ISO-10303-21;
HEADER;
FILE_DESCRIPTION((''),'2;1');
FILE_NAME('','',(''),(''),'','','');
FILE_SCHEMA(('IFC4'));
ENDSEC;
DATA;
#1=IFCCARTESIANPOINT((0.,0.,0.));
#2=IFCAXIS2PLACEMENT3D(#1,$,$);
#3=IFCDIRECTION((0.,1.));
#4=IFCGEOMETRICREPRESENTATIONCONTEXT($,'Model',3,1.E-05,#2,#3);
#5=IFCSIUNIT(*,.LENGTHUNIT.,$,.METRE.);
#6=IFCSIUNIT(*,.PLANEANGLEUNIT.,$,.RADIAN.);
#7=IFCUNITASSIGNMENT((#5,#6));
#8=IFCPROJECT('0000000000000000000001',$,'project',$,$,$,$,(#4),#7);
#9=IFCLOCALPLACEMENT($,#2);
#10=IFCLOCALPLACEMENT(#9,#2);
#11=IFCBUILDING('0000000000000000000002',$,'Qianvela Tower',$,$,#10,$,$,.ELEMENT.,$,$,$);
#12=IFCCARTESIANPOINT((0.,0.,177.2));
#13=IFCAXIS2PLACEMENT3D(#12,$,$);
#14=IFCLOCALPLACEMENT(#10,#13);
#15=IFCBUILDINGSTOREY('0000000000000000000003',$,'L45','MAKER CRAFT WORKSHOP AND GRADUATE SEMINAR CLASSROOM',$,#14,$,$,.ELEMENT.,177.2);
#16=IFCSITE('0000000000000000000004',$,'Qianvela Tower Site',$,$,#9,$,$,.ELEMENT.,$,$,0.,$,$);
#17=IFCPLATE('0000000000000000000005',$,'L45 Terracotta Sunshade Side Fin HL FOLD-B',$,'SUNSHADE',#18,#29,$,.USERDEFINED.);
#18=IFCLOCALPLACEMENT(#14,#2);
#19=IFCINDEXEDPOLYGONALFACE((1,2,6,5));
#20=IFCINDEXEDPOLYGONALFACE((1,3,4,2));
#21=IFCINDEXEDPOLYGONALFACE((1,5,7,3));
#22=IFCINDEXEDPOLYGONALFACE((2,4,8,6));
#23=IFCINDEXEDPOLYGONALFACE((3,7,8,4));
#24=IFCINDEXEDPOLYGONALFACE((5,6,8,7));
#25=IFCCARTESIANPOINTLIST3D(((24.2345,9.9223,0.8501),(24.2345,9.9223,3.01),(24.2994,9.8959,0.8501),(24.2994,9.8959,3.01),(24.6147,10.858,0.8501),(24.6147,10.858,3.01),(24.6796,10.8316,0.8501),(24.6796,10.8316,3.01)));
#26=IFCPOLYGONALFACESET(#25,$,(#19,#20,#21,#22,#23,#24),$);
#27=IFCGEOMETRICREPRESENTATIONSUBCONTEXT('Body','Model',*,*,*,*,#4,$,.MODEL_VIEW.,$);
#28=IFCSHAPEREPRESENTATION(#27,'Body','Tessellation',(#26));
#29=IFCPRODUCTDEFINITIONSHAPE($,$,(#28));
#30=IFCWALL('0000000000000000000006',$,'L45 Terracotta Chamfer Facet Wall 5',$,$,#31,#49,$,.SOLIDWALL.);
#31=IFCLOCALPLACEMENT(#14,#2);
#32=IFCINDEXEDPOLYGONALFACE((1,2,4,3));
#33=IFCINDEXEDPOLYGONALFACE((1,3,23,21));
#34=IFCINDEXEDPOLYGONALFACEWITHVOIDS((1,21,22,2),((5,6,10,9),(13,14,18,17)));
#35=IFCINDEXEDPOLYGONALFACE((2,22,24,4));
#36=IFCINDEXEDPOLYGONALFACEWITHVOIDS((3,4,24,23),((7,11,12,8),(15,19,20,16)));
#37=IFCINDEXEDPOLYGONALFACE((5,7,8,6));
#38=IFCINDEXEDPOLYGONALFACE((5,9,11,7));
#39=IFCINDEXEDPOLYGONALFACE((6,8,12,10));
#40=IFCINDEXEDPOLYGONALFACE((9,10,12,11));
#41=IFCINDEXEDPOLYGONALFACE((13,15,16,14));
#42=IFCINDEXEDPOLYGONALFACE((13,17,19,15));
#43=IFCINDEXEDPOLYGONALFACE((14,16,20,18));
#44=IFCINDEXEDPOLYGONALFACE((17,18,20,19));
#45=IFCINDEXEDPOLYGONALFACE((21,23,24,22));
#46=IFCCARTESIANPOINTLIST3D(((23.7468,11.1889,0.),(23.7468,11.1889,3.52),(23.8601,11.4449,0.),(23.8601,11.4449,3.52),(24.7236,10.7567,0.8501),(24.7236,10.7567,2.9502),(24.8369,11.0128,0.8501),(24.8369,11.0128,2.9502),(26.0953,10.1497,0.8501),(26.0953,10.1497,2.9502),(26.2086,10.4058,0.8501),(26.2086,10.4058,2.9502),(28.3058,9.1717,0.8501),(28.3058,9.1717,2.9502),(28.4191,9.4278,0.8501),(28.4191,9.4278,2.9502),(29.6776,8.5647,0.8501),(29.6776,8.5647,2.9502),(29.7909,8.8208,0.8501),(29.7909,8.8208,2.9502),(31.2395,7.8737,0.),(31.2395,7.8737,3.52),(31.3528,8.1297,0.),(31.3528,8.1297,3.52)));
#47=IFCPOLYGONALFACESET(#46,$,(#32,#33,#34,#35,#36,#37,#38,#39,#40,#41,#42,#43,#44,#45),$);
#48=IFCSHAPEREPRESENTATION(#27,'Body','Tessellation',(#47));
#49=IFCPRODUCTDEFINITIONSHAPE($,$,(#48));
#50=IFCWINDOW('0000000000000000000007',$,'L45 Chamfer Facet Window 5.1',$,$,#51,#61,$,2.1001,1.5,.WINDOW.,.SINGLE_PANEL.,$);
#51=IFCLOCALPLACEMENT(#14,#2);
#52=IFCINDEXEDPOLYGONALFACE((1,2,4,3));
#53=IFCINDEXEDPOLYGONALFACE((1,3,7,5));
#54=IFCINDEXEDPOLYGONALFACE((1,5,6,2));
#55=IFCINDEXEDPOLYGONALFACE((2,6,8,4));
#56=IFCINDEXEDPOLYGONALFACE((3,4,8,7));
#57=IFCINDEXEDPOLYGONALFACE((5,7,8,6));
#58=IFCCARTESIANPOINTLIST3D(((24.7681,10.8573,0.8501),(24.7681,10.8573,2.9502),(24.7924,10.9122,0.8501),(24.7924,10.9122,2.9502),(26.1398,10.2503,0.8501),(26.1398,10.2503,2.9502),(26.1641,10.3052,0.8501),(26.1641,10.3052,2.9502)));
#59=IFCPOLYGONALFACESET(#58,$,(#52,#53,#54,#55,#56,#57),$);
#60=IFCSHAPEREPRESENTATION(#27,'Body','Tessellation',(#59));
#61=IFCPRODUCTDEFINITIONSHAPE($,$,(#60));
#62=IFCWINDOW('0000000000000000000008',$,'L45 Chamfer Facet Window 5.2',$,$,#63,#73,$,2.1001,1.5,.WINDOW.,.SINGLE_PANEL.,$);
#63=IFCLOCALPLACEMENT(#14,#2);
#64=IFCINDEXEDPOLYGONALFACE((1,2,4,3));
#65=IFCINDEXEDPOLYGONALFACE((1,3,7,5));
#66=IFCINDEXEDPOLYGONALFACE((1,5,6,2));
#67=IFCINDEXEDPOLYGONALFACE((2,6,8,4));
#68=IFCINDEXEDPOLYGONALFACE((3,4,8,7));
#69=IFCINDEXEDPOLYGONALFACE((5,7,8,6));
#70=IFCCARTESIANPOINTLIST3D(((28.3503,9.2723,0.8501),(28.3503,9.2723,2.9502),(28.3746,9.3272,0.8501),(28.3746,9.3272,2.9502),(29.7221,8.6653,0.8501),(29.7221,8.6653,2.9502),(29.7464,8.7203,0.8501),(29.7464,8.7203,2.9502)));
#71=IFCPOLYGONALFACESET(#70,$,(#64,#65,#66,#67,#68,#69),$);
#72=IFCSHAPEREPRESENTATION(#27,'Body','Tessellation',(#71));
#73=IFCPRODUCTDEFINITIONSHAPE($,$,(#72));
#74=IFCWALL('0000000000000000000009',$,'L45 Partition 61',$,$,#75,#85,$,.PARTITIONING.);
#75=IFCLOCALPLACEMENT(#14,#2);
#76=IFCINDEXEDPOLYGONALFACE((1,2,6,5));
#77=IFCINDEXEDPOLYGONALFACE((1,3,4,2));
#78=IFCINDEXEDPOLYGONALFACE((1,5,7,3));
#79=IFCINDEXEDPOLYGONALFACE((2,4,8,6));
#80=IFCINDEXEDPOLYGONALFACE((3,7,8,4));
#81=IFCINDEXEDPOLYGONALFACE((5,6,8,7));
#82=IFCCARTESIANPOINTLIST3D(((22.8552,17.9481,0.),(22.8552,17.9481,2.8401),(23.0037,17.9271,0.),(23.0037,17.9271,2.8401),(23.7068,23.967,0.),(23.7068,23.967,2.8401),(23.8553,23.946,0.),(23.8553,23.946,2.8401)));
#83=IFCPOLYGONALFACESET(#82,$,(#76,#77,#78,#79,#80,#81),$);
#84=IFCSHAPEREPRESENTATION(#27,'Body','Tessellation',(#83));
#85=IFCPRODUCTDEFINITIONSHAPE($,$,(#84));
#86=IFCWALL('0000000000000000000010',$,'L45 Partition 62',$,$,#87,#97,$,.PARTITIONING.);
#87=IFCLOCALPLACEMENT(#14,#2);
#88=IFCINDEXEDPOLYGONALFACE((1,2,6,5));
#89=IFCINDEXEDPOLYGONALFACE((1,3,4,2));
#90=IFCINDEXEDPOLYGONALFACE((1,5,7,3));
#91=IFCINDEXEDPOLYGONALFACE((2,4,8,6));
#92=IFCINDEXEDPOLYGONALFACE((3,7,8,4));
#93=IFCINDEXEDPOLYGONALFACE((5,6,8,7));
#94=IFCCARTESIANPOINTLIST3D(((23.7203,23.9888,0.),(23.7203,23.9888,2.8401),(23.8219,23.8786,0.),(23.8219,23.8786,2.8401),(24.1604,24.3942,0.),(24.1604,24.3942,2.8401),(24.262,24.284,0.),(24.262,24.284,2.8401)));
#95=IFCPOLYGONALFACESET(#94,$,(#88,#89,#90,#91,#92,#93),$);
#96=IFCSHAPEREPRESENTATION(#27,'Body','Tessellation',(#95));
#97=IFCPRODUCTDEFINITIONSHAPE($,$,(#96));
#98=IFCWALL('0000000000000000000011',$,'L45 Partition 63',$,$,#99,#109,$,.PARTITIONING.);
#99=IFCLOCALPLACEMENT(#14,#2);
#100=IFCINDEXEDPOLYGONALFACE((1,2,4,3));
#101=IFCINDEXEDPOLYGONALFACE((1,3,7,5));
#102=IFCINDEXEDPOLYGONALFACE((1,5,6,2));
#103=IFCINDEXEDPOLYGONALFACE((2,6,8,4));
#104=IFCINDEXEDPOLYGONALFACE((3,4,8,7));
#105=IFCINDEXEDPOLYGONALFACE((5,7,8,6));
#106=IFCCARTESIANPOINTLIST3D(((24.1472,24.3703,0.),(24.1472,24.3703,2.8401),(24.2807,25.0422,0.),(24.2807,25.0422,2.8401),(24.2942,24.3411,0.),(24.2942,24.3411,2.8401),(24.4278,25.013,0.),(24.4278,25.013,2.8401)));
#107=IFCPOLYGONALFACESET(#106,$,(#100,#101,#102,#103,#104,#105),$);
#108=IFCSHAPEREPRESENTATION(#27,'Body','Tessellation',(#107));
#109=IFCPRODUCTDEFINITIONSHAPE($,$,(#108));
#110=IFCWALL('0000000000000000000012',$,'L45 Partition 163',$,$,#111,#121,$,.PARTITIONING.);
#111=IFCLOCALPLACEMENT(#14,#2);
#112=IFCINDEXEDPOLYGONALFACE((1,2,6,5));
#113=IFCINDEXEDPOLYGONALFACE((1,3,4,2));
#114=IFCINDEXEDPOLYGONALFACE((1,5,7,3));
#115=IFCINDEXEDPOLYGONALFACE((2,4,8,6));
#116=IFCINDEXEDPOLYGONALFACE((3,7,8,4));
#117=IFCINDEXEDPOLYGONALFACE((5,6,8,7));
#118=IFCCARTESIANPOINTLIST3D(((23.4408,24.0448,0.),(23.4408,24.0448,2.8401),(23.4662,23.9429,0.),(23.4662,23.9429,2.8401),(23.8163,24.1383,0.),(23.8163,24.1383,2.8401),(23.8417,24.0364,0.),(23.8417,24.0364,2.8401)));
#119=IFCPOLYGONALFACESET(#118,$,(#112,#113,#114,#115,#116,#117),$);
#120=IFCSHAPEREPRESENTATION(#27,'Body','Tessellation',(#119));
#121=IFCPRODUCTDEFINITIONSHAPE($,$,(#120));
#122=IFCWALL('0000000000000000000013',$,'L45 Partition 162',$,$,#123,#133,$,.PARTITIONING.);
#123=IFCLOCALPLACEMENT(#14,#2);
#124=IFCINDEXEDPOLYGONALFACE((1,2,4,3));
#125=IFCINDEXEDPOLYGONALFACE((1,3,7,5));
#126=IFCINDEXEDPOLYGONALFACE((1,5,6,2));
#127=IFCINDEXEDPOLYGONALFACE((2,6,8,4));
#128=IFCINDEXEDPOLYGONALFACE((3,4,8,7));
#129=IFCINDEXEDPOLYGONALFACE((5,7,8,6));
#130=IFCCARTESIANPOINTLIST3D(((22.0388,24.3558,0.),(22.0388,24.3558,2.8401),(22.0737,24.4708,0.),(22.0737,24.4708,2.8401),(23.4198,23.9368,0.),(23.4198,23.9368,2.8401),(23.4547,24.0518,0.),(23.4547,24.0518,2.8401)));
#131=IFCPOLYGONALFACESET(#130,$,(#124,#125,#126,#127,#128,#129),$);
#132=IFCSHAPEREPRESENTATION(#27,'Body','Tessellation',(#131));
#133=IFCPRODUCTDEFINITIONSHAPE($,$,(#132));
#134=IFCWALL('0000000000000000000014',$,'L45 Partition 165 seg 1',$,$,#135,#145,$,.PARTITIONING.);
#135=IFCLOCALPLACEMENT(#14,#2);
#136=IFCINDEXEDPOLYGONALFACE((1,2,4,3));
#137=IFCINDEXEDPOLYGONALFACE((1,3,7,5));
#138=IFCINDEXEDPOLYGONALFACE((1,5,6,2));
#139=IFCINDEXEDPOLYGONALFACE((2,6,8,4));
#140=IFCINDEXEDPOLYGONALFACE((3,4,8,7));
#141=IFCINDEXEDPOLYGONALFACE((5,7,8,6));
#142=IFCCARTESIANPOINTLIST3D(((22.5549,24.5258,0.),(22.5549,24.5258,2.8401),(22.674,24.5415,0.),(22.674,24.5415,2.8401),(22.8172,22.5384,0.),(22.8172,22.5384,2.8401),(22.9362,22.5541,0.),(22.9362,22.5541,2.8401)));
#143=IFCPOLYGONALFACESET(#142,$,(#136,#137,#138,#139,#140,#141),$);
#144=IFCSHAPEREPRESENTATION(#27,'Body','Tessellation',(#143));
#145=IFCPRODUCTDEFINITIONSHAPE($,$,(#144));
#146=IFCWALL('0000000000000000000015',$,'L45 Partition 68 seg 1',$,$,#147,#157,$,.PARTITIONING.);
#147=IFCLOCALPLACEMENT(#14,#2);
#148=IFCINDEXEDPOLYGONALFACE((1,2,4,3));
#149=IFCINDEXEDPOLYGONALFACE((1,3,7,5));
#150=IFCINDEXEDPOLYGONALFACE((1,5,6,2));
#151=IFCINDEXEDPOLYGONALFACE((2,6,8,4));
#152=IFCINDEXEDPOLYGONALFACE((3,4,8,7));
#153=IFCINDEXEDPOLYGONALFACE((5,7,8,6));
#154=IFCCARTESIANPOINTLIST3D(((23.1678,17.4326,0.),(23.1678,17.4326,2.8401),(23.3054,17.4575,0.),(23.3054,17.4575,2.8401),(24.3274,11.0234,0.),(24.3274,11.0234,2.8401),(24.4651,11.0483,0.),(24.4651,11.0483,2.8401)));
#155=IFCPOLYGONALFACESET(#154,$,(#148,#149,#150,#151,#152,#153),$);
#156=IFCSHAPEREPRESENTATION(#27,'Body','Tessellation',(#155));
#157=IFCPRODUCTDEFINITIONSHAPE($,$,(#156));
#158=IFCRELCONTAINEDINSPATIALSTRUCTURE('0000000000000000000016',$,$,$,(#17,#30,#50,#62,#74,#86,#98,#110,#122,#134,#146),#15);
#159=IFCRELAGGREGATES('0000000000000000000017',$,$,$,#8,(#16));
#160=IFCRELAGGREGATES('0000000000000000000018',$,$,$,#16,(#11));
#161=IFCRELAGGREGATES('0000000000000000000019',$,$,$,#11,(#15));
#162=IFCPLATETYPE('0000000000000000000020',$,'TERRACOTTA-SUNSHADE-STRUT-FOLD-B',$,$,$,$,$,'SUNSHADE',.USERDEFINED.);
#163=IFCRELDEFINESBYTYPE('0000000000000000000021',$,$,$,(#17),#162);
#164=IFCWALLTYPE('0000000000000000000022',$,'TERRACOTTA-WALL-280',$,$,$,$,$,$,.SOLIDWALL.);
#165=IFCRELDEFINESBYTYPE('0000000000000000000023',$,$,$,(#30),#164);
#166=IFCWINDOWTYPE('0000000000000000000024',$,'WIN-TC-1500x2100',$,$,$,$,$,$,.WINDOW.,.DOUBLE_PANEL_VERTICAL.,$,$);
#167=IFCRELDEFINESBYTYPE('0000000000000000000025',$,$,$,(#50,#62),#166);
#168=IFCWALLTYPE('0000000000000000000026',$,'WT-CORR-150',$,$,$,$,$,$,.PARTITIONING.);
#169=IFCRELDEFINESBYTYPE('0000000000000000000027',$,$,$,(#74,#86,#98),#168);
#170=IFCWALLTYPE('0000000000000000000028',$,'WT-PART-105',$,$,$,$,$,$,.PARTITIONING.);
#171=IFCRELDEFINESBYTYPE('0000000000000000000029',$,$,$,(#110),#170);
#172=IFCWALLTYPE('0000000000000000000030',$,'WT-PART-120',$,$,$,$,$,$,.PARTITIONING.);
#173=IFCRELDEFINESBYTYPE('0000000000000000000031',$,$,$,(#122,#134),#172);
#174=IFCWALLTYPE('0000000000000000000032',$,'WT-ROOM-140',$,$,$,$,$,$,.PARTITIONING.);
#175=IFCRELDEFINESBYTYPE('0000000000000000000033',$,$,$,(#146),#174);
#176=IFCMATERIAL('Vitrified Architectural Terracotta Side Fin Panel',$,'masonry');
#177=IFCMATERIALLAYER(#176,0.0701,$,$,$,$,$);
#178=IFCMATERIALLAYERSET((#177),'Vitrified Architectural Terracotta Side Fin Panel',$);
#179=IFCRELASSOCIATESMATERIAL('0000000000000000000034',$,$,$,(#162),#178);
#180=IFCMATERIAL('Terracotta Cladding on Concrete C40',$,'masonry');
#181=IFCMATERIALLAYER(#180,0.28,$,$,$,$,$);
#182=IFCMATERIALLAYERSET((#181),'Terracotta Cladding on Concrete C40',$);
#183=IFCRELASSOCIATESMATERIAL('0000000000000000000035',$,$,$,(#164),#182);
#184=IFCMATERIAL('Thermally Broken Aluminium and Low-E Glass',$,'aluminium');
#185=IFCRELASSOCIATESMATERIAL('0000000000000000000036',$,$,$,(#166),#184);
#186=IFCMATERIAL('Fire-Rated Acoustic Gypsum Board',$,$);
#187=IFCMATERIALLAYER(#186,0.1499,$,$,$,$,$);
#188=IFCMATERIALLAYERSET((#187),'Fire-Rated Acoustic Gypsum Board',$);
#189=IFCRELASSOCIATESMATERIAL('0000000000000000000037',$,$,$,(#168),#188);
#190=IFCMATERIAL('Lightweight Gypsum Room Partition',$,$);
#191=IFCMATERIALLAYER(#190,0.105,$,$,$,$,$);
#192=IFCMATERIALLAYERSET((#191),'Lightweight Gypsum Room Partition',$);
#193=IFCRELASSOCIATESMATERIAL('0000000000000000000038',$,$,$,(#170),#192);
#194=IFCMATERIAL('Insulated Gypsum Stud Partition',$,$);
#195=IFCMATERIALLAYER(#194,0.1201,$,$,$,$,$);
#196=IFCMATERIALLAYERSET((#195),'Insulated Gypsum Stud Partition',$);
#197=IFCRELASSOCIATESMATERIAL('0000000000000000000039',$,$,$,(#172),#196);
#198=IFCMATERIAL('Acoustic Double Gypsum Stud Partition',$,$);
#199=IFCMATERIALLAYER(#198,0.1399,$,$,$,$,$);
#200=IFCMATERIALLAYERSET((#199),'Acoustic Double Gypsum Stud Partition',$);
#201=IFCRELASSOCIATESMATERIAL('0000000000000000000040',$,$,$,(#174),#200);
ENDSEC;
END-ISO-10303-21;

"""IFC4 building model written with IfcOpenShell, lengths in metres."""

from ifc_helpers import new_model, si_unit, direction, frame, frame_2d, origin, origin_2d, place, context, subcontext, project, spatial, rectangle, extrude, material, layer, layer_set, type_object, element, fill, save


model = new_model("IFC4")

# Units and contexts
model_context = context("Model", 3, precision=1e-05, world=origin(), true_north=direction((0.0, 1.0)))
body_context = subcontext(model_context, "Body", "Model", "MODEL_VIEW")
ifc_project = project(units=[si_unit("LENGTHUNIT", "METRE"), si_unit("PLANEANGLEUNIT", "RADIAN")], contexts=[model_context])

# Site, building, storey
site_placement = place(None, origin())
site = spatial("IfcSite", under=ifc_project, at=site_placement, Name="Qianvela Tower Site", CompositionType="ELEMENT", RefElevation=0.0)
building_placement = place(site_placement, origin())
building = spatial("IfcBuilding", under=site, at=building_placement, Name="Qianvela Tower", CompositionType="ELEMENT")
storey_placement = place(building_placement, frame((0.0, 0.0, 177.2)))
storey = spatial("IfcBuildingStorey", under=building, at=storey_placement, Name="L45", Description="MAKER CRAFT WORKSHOP AND GRADUATE SEMINAR CLASSROOM", CompositionType="ELEMENT", Elevation=177.2)

# Plate
ifc_material_1 = material(Name="Vitrified Architectural Terracotta Side Fin Panel", Category="masonry")
ifc_layer_1 = layer(ifc_material_1, 0.0701)
ifc_layer_set_1 = layer_set([ifc_layer_1], Name="Vitrified Architectural Terracotta Side Fin Panel")
plate_type_1 = type_object("IfcPlateType", Name="TERRACOTTA-SUNSHADE-STRUT-FOLD-B", ElementType="SUNSHADE", PredefinedType="USERDEFINED", material=ifc_layer_set_1)
plate_1_placement = place(storey_placement, frame((24.457, 10.377, 0.8501), z_axis=(0.0, 0.0, 1.0), x_axis=(0.926425, -0.37648, 0.0)))
element("IfcPlate", 1, at=plate_1_placement, inside=storey, type_object=plate_type_1, Name="L45 Terracotta Sunshade Side Fin HL FOLD-B", ObjectType="SUNSHADE", PredefinedType="USERDEFINED", context=body_context, shape_type="SweptSolid", body=[
    extrude(rectangle(XDim=0.0701, YDim=1.01, at=origin_2d()), origin(), (0.0, 0.0, 1.0), 2.1599),
])

# Wall, openings, windows
ifc_material_2 = material(Name="Terracotta Cladding on Concrete C40", Category="masonry")
ifc_layer_2 = layer(ifc_material_2, 0.28)
ifc_layer_set_2 = layer_set([ifc_layer_2], Name="Terracotta Cladding on Concrete C40")
wall_type_1 = type_object("IfcWallType", Name="TERRACOTTA-WALL-280", PredefinedType="SOLIDWALL", material=ifc_layer_set_2)
wall_1_placement = place(storey_placement, frame((23.8035, 11.3169, 0.0), z_axis=(0.0, 0.0, 1.0), x_axis=(0.914485, -0.40462, 0.0)))
wall_1 = element("IfcWall", 2, at=wall_1_placement, inside=storey, type_object=wall_type_1, Name="L45 Terracotta Chamfer Facet Wall 5", PredefinedType="SOLIDWALL", context=body_context, shape_type="SweptSolid", body=[
    extrude(rectangle(XDim=8.1934, YDim=0.28, at=frame_2d((4.0967, 0.0))), origin(), (0.0, 0.0, 1.0), 3.52),
])
opening_1_placement = place(wall_1_placement, frame((1.0681, 0.0, 0.8501)))
opening_1 = element("IfcOpeningElement", 3, at=opening_1_placement, cuts=wall_1, PredefinedType="OPENING", context=body_context, shape_type="SweptSolid", body=[
    extrude(rectangle(XDim=1.5, YDim=2.1001, at=frame_2d((0.75, 1.05))), frame((0.0, 0.1499, 0.0), z_axis=(0.0, -1.0, 0.0), x_axis=(1.0, 0.0, 0.0)), (0.0, 0.0, 1.0), 0.3),
])
opening_2_placement = place(wall_1_placement, frame((4.9854, 0.0, 0.8501)))
opening_2 = element("IfcOpeningElement", 4, at=opening_2_placement, cuts=wall_1, PredefinedType="OPENING", context=body_context, shape_type="SweptSolid", body=[
    extrude(rectangle(XDim=1.5, YDim=2.1001, at=frame_2d((0.75, 1.05))), frame((0.0, 0.1499, 0.0), z_axis=(0.0, -1.0, 0.0), x_axis=(1.0, 0.0, 0.0)), (0.0, 0.0, 1.0), 0.3),
])
ifc_material_3 = material(Name="Thermally Broken Aluminium and Low-E Glass", Category="aluminium")
window_type = type_object("IfcWindowType", Name="WIN-TC-1500x2100", PartitioningType="DOUBLE_PANEL_VERTICAL", PredefinedType="WINDOW", material=ifc_material_3)
window_1_placement = place(opening_1_placement, origin())
window_1 = element("IfcWindow", 5, at=window_1_placement, inside=storey, type_object=window_type, Name="L45 Chamfer Facet Window 5.1", OverallHeight=2.1001, OverallWidth=1.5, PartitioningType="SINGLE_PANEL", PredefinedType="WINDOW", context=body_context, shape_type="SweptSolid", body=[
    extrude(rectangle(XDim=1.5, YDim=2.1001, at=frame_2d((0.75, 1.05))), frame((0.0, 0.03, 0.0), z_axis=(0.0, -1.0, 0.0), x_axis=(1.0, 0.0, 0.0)), (0.0, 0.0, 1.0), 0.0601),
])
fill(opening_1, window_1)
window_2_placement = place(opening_2_placement, origin())
window_2 = element("IfcWindow", 6, at=window_2_placement, inside=storey, type_object=window_type, Name="L45 Chamfer Facet Window 5.2", OverallHeight=2.1001, OverallWidth=1.5, PartitioningType="SINGLE_PANEL", PredefinedType="WINDOW", context=body_context, shape_type="SweptSolid", body=[
    extrude(rectangle(XDim=1.5, YDim=2.1001, at=frame_2d((0.75, 1.05))), frame((0.0, 0.03, 0.0), z_axis=(0.0, -1.0, 0.0), x_axis=(1.0, 0.0, 0.0)), (0.0, 0.0, 1.0), 0.0601),
])
fill(opening_2, window_2)

# Walls
ifc_material_4 = material(Name="Fire-Rated Acoustic Gypsum Board")
ifc_layer_3 = layer(ifc_material_4, 0.1499)
ifc_layer_set_3 = layer_set([ifc_layer_3], Name="Fire-Rated Acoustic Gypsum Board")
wall_type_2 = type_object("IfcWallType", Name="WT-CORR-150", PredefinedType="PARTITIONING", material=ifc_layer_set_3)
wall_2_placement = place(storey_placement, frame((22.9294, 17.9375, 0.0), z_axis=(0.0, 0.0, 1.0), x_axis=(0.140089, 0.990139, 0.0)))
element("IfcWall", 7, at=wall_2_placement, inside=storey, type_object=wall_type_2, Name="L45 Partition 61", PredefinedType="PARTITIONING", context=body_context, shape_type="SweptSolid", body=[
    extrude(rectangle(XDim=6.0789, YDim=0.1499, at=frame_2d((3.0396, 0.0))), origin(), (0.0, 0.0, 1.0), 2.8401),
])
wall_3_placement = place(storey_placement, frame((23.771, 23.9336, 0.0), z_axis=(0.0, 0.0, 1.0), x_axis=(0.735476, 0.677551, 0.0)))
element("IfcWall", 8, at=wall_3_placement, inside=storey, type_object=wall_type_2, Name="L45 Partition 62", PredefinedType="PARTITIONING", context=body_context, shape_type="SweptSolid", body=[
    extrude(rectangle(XDim=0.5984, YDim=0.1499, at=frame_2d((0.2993, 0.0))), origin(), (0.0, 0.0, 1.0), 2.8401),
])
wall_4_placement = place(storey_placement, frame((24.2207, 24.3557, 0.0), z_axis=(0.0, 0.0, 1.0), x_axis=(0.194951, 0.980813, 0.0)))
element("IfcWall", 9, at=wall_4_placement, inside=storey, type_object=wall_type_2, Name="L45 Partition 63", PredefinedType="PARTITIONING", context=body_context, shape_type="SweptSolid", body=[
    extrude(rectangle(XDim=0.6851, YDim=0.1499, at=frame_2d((0.3425, 0.0))), origin(), (0.0, 0.0, 1.0), 2.8401),
])
ifc_material_5 = material(Name="Lightweight Gypsum Room Partition")
ifc_layer_4 = layer(ifc_material_5, 0.105)
ifc_layer_set_4 = layer_set([ifc_layer_4], Name="Lightweight Gypsum Room Partition")
wall_type_3 = type_object("IfcWallType", Name="WT-PART-105", PredefinedType="PARTITIONING", material=ifc_layer_set_4)
wall_5_placement = place(storey_placement, frame((23.4536, 23.9939, 0.0), z_axis=(0.0, 0.0, 1.0), x_axis=(0.970365, 0.241645, 0.0)))
element("IfcWall", 10, at=wall_5_placement, inside=storey, type_object=wall_type_3, Name="L45 Partition 163", PredefinedType="PARTITIONING", context=body_context, shape_type="SweptSolid", body=[
    extrude(rectangle(XDim=0.387, YDim=0.105, at=frame_2d((0.1934, 0.0))), origin(), (0.0, 0.0, 1.0), 2.8401),
])
ifc_material_6 = material(Name="Insulated Gypsum Stud Partition")
ifc_layer_5 = layer(ifc_material_6, 0.1201)
ifc_layer_set_5 = layer_set([ifc_layer_5], Name="Insulated Gypsum Stud Partition")
wall_type_4 = type_object("IfcWallType", Name="WT-PART-120", PredefinedType="PARTITIONING", material=ifc_layer_set_5)
wall_6_placement = place(storey_placement, frame((22.0562, 24.4133, 0.0), z_axis=(0.0, 0.0, 1.0), x_axis=(0.956928, -0.290327, 0.0)))
element("IfcWall", 11, at=wall_6_placement, inside=storey, type_object=wall_type_4, Name="L45 Partition 162", PredefinedType="PARTITIONING", context=body_context, shape_type="SweptSolid", body=[
    extrude(rectangle(XDim=1.4431, YDim=0.1201, at=frame_2d((0.7217, 0.0))), origin(), (0.0, 0.0, 1.0), 2.8401),
])
wall_7_placement = place(storey_placement, frame((22.8767, 22.5461, 0.0), z_axis=(0.0, 0.0, 1.0), x_axis=(-0.130807, 0.991408, 0.0)))
element("IfcWall", 12, at=wall_7_placement, inside=storey, type_object=wall_type_4, Name="L45 Partition 165 seg 1", PredefinedType="PARTITIONING", context=body_context, shape_type="SweptSolid", body=[
    extrude(rectangle(XDim=2.0046, YDim=0.1201, at=frame_2d((1.0024, 0.0))), origin(), (0.0, 0.0, 1.0), 2.8401),
])
ifc_material_7 = material(Name="Acoustic Double Gypsum Stud Partition")
ifc_layer_6 = layer(ifc_material_7, 0.1399)
ifc_layer_set_6 = layer_set([ifc_layer_6], Name="Acoustic Double Gypsum Stud Partition")
wall_type_5 = type_object("IfcWallType", Name="WT-ROOM-140", PredefinedType="PARTITIONING", material=ifc_layer_set_6)
wall_8_placement = place(storey_placement, frame((24.3962, 11.0359, 0.0), z_axis=(0.0, 0.0, 1.0), x_axis=(-0.178048, 0.984022, 0.0)))
element("IfcWall", 13, at=wall_8_placement, inside=storey, type_object=wall_type_5, Name="L45 Partition 68 seg 1", PredefinedType="PARTITIONING", context=body_context, shape_type="SweptSolid", body=[
    extrude(rectangle(XDim=6.5132, YDim=0.1399, at=frame_2d((3.2566, 0.0))), origin(), (0.0, 0.0, 1.0), 2.8401),
])

save(model, "model.ifc")
